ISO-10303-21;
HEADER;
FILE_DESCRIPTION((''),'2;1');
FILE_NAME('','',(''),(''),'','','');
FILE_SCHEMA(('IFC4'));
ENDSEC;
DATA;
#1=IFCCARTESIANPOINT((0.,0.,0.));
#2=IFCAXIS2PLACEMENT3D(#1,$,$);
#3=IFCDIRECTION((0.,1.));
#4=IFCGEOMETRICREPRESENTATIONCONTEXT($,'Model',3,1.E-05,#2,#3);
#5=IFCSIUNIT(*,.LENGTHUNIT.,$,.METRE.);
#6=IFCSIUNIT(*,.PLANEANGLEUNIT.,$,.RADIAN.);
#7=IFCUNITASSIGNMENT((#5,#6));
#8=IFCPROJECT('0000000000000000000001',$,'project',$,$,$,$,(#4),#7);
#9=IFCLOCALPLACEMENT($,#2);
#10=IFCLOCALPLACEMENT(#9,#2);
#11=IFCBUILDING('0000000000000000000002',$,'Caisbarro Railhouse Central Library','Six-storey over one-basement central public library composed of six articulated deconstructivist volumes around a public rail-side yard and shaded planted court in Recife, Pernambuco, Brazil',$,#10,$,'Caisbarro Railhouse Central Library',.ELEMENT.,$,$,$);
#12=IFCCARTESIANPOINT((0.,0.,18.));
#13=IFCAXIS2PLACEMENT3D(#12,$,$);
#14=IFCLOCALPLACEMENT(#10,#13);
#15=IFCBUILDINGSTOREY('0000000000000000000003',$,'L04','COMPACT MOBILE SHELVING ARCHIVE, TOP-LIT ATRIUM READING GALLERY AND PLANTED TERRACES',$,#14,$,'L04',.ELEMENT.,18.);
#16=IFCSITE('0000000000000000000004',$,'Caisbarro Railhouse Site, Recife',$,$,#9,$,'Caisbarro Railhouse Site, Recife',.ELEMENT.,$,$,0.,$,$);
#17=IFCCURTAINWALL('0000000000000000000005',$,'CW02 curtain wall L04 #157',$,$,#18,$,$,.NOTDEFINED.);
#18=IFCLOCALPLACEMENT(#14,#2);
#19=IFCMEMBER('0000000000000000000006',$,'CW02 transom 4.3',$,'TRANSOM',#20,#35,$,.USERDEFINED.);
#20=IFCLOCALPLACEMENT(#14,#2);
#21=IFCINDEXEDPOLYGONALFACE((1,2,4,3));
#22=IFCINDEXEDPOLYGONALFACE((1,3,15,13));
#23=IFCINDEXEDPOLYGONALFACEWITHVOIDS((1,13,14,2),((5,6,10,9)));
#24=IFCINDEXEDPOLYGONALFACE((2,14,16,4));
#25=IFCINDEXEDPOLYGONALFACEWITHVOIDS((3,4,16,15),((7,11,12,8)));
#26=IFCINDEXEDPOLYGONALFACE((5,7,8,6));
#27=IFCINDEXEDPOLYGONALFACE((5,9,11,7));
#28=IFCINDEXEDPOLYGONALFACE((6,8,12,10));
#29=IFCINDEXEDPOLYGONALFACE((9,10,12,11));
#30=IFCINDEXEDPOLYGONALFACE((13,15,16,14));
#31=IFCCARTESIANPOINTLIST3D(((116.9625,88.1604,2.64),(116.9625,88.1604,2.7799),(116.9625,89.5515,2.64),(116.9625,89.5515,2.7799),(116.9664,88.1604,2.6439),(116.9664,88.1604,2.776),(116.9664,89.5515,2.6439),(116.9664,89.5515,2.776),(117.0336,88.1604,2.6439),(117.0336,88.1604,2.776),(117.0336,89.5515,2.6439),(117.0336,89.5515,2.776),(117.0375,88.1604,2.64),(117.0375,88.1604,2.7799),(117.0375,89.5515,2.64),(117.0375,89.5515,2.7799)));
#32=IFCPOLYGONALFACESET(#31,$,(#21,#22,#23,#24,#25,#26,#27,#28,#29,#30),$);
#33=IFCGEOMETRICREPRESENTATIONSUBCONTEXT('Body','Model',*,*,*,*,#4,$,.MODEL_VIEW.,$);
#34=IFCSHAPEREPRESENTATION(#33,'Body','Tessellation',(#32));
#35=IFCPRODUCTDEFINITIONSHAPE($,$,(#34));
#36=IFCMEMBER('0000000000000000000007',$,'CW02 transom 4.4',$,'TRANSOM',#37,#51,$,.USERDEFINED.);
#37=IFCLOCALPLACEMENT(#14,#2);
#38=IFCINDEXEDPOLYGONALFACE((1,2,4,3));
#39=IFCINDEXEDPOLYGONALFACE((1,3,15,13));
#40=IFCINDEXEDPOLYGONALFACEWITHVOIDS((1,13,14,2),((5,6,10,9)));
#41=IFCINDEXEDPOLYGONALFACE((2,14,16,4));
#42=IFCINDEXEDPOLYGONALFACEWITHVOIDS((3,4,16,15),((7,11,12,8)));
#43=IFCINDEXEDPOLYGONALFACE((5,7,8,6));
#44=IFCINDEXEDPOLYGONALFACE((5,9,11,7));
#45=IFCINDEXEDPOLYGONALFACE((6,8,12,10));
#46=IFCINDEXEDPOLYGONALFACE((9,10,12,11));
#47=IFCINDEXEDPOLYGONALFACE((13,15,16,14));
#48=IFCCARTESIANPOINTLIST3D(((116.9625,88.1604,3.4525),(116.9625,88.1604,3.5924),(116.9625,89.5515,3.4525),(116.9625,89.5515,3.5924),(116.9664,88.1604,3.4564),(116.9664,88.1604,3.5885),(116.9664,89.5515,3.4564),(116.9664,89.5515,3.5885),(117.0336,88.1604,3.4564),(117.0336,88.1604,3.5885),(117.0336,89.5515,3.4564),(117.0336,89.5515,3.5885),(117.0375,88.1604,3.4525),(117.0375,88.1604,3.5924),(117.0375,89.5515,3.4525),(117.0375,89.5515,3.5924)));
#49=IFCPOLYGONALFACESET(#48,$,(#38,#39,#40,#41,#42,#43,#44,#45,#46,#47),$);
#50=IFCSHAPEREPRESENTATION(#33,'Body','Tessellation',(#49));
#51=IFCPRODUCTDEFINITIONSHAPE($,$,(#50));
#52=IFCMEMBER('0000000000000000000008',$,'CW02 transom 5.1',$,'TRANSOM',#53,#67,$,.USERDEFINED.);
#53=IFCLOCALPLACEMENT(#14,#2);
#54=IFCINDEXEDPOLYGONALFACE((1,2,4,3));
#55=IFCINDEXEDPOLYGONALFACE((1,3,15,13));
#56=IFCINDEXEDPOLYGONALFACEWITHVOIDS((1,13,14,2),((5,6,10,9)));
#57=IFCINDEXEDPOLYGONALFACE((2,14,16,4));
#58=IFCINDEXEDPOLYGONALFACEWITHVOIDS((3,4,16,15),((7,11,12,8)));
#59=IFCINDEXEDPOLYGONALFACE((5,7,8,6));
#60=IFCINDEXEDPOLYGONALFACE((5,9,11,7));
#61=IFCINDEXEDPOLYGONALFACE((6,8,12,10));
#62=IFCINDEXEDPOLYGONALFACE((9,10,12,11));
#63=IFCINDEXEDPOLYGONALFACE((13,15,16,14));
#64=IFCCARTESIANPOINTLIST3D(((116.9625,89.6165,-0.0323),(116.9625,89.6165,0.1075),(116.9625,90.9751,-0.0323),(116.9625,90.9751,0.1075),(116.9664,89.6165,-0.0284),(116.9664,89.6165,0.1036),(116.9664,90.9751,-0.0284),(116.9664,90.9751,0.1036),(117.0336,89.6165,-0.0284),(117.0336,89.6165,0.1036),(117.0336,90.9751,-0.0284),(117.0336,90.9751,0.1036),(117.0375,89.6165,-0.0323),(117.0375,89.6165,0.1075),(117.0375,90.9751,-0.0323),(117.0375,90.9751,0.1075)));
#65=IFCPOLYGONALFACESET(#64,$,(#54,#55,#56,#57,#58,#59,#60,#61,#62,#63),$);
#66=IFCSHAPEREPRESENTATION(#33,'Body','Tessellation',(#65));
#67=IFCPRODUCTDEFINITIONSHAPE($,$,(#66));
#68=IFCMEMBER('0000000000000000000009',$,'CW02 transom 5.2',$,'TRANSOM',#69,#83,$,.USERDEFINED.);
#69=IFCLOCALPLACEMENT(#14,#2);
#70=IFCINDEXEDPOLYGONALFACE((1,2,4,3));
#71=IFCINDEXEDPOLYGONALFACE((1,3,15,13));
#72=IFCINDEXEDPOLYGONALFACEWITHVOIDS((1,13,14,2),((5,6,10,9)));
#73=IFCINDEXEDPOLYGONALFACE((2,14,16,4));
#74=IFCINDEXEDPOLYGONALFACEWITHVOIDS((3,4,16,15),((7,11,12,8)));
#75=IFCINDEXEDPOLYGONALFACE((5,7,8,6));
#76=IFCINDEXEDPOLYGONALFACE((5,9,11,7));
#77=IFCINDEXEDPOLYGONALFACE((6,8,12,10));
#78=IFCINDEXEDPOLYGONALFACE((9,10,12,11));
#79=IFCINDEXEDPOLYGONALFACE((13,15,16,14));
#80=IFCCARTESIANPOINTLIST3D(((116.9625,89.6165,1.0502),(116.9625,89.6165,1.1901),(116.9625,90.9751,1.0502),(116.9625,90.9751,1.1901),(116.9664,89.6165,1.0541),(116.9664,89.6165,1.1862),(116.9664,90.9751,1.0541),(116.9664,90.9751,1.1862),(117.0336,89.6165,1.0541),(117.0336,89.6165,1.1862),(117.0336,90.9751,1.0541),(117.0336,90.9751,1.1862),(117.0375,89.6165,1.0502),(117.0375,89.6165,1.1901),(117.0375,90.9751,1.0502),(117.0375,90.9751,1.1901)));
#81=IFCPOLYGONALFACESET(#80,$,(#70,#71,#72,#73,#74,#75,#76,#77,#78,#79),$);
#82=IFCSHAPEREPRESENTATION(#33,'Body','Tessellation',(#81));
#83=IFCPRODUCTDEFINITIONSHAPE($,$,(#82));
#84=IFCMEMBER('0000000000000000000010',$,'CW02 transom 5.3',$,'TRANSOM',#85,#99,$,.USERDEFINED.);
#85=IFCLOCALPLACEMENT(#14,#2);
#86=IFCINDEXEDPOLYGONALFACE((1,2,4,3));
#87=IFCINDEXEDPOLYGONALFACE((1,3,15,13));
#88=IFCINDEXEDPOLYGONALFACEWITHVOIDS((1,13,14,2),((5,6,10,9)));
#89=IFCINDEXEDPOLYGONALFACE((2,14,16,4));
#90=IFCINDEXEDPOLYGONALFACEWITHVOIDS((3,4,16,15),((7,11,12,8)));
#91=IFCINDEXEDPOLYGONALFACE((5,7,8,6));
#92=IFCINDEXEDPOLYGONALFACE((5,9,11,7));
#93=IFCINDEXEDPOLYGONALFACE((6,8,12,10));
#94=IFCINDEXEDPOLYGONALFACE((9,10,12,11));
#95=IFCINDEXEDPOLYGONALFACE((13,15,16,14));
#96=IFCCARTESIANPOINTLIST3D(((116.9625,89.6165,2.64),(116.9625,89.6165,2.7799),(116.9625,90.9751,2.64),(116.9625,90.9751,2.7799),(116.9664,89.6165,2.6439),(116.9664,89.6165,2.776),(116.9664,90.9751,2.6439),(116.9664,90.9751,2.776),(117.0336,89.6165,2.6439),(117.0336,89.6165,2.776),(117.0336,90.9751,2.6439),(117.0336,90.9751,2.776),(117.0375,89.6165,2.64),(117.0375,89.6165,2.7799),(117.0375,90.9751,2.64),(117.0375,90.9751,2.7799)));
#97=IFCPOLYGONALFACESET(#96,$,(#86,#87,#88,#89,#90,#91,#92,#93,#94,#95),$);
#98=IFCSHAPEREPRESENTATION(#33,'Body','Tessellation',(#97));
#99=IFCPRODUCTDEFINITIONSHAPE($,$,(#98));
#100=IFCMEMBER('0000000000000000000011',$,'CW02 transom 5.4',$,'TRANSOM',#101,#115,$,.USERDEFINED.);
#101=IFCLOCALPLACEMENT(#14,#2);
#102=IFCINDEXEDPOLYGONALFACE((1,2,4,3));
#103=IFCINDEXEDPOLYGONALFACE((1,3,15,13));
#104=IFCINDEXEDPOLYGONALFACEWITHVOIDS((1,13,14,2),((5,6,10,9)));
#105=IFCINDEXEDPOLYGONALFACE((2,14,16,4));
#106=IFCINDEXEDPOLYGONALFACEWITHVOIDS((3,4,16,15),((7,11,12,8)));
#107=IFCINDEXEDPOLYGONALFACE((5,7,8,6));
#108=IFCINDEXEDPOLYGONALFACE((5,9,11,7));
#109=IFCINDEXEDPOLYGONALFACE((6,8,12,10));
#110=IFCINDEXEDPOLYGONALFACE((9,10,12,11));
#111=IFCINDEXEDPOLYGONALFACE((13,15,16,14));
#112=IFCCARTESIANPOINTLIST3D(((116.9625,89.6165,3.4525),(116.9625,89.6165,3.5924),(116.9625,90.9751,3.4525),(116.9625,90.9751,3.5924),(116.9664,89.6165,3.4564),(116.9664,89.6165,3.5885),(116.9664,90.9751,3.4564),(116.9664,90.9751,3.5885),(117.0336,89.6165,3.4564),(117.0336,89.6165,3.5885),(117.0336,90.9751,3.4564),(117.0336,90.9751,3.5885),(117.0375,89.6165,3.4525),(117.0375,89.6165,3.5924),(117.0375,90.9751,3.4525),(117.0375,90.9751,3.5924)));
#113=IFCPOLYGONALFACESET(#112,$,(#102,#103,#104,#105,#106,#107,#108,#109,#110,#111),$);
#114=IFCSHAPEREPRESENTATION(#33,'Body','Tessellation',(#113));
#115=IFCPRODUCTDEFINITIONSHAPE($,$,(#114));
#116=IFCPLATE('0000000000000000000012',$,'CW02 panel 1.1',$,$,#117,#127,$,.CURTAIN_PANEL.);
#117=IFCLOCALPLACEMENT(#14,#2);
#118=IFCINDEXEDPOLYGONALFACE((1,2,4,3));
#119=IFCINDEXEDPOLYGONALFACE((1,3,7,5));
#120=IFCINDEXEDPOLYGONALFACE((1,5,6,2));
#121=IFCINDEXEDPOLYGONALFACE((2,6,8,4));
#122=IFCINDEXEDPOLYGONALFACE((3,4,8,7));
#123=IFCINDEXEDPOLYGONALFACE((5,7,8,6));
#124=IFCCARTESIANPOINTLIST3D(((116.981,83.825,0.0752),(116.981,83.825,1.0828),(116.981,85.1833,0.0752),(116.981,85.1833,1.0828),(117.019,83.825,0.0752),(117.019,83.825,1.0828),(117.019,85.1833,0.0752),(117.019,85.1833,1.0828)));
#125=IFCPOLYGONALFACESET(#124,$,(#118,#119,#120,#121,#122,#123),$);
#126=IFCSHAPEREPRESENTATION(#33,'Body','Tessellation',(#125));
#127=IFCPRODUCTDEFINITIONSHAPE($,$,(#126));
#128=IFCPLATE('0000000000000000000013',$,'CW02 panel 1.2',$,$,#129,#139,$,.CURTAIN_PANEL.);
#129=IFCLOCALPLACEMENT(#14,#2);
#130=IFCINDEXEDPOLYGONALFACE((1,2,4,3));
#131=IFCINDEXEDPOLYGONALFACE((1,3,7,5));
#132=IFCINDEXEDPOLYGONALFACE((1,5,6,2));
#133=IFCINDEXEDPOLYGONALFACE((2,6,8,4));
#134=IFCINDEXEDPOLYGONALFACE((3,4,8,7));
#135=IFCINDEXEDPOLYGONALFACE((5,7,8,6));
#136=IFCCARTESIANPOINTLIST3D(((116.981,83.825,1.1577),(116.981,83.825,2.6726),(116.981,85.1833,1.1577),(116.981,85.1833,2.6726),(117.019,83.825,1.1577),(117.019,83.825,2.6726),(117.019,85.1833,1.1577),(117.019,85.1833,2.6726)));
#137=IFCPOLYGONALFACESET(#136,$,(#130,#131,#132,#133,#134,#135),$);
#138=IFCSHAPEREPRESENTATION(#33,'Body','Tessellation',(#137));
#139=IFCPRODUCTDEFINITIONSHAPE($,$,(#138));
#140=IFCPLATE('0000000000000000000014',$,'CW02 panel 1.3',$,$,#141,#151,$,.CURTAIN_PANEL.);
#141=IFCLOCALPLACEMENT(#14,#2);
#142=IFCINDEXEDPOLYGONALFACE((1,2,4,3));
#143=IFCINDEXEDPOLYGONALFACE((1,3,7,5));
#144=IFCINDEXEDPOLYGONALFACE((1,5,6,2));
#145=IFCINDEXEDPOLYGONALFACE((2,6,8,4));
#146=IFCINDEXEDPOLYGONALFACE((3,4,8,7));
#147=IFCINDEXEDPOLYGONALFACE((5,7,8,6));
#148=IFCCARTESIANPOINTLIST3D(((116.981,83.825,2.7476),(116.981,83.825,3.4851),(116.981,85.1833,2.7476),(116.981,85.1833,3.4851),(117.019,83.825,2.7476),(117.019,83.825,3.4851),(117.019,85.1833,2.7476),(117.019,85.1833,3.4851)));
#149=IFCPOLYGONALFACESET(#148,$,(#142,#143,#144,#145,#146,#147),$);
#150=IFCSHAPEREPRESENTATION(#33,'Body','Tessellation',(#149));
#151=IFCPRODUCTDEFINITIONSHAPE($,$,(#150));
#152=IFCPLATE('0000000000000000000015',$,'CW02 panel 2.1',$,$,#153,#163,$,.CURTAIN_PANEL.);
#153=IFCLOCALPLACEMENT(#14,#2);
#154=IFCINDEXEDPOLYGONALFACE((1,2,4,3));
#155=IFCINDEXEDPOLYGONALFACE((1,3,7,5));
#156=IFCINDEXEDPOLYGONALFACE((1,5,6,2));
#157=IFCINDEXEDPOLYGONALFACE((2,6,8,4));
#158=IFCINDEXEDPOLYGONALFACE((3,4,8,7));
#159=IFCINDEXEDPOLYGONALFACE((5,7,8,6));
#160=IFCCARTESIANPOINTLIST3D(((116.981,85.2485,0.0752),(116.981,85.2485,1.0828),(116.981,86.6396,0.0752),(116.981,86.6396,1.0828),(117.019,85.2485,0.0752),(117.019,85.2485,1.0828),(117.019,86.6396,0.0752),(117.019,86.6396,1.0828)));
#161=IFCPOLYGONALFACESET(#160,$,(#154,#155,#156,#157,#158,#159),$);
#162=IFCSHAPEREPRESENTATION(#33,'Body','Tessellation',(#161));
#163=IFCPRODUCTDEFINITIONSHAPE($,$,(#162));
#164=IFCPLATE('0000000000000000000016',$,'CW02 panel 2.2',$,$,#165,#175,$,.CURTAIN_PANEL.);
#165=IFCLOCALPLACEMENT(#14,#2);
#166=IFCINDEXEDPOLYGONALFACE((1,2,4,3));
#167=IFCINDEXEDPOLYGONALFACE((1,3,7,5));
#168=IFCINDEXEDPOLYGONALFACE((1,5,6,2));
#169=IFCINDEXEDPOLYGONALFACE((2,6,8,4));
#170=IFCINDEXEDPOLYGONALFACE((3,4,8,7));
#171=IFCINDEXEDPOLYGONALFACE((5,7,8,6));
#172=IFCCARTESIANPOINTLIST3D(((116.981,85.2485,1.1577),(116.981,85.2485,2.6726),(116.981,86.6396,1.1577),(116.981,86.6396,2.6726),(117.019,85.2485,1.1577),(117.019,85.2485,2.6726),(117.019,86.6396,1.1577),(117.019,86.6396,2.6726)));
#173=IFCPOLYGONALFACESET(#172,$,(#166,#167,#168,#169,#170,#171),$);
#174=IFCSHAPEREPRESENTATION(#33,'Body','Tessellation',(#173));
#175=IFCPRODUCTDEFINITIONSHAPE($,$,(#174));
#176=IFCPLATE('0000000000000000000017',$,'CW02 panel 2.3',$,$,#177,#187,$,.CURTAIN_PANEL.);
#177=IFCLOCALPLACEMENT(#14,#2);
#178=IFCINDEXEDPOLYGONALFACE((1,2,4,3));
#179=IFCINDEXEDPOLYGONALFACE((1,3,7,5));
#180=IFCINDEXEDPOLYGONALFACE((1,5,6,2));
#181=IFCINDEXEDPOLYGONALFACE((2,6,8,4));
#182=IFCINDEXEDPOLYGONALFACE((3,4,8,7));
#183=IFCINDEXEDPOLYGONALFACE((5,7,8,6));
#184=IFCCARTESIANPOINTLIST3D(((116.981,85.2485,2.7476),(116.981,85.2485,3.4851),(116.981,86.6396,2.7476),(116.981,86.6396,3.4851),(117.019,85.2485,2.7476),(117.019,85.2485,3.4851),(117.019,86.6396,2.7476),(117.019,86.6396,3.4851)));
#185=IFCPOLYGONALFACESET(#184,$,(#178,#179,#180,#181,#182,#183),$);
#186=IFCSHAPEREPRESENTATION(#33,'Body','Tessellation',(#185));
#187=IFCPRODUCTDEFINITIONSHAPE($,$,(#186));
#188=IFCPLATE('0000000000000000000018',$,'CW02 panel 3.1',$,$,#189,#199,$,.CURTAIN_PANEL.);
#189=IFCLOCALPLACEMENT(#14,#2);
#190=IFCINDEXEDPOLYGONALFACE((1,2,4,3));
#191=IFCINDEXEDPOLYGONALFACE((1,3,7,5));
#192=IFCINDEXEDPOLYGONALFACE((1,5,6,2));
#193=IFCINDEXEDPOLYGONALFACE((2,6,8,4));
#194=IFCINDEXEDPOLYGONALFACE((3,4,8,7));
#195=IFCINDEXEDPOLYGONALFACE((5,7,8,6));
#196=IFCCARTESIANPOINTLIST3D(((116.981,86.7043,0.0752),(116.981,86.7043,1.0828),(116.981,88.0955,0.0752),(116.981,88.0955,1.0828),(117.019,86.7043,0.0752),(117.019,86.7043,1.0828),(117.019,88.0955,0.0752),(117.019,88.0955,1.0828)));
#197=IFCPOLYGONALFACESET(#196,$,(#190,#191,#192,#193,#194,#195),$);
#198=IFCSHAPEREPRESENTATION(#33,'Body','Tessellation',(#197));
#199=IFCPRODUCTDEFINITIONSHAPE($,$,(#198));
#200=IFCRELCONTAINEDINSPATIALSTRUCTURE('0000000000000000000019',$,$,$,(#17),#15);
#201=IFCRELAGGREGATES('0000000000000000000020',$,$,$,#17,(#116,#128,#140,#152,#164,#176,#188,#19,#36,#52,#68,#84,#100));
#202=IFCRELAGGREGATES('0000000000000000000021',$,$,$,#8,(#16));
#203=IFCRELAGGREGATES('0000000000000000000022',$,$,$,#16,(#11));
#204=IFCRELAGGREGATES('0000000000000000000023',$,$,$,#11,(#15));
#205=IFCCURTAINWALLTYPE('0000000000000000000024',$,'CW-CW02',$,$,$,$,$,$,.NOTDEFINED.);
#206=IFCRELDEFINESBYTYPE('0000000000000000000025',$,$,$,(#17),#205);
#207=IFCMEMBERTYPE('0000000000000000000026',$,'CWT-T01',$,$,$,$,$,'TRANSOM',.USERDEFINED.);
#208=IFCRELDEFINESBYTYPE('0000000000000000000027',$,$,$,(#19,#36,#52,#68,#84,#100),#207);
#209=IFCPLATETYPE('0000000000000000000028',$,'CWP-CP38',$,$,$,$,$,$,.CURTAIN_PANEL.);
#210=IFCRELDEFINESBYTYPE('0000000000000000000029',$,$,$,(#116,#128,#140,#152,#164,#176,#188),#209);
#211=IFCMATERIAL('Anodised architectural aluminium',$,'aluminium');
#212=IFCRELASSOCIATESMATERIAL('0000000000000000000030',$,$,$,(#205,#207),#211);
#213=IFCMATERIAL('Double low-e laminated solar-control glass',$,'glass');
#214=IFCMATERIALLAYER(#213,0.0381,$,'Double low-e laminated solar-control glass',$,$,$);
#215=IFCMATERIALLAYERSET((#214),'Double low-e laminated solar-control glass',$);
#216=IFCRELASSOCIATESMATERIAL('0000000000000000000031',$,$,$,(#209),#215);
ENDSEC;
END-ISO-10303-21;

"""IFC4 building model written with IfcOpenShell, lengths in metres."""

from ifc_helpers import new_model, si_unit, direction, frame, origin, origin_2d, place, context, subcontext, project, spatial, rectangle, hollow_rectangle, extrude, material, layer, layer_set, material_profile, profile_set, type_object, element, aggregate, save


model = new_model("IFC4")

# Units and contexts
model_context = context("Model", 3, precision=1e-05, world=origin(), true_north=direction((0.0, 1.0)))
body_context = subcontext(model_context, "Body", "Model", "MODEL_VIEW")
ifc_project = project(units=[si_unit("LENGTHUNIT", "METRE"), si_unit("PLANEANGLEUNIT", "RADIAN")], contexts=[model_context])

# Site, building, storey
site_placement = place(None, origin())
site = spatial("IfcSite", under=ifc_project, at=site_placement, Name="Caisbarro Railhouse Site, Recife", LongName="Caisbarro Railhouse Site, Recife", CompositionType="ELEMENT", RefElevation=0.0)
building_placement = place(site_placement, origin())
building = spatial("IfcBuilding", under=site, at=building_placement, Name="Caisbarro Railhouse Central Library", Description="Six-storey over one-basement central public library composed of six articulated deconstructivist volumes around a public rail-side yard and shaded planted court in Recife, Pernambuco, Brazil", LongName="Caisbarro Railhouse Central Library", CompositionType="ELEMENT")
storey_placement = place(building_placement, frame((0.0, 0.0, 18.0)))
storey = spatial("IfcBuildingStorey", under=building, at=storey_placement, Name="L04", Description="COMPACT MOBILE SHELVING ARCHIVE, TOP-LIT ATRIUM READING GALLERY AND PLANTED TERRACES", LongName="L04", CompositionType="ELEMENT", Elevation=18.0)

# Curtain wall, members, plates
ifc_material_1 = material(Name="Anodised architectural aluminium", Category="aluminium")
curtain_wall_type = type_object("IfcCurtainWallType", Name="CW-CW02", PredefinedType="NOTDEFINED", material=ifc_material_1)
curtain_wall_placement = place(storey_placement, origin())
curtain_wall = element("IfcCurtainWall", 1, at=curtain_wall_placement, inside=storey, type_object=curtain_wall_type, Name="CW02 curtain wall L04 #157", PredefinedType="NOTDEFINED")
ifc_material_profile_1 = material_profile(ifc_material_1, hollow_rectangle(XDim=0.075, YDim=0.1399, WallThickness=0.0039, at=origin_2d()), Name="ALU-TRN-75X140")
ifc_profile_set_1 = profile_set([ifc_material_profile_1], Name="Anodised architectural aluminium")
member_type = type_object("IfcMemberType", Name="CWT-T01", ElementType="TRANSOM", PredefinedType="USERDEFINED", material=ifc_profile_set_1)
member_1_placement = place(storey_placement, frame((117.0, 88.1604, 2.71), z_axis=(0.0, 1.0, 0.0), x_axis=(-1.0, 0.0, 0.0)))
member_1 = element("IfcMember", 2, at=member_1_placement, type_object=member_type, Name="CW02 transom 4.3", ObjectType="TRANSOM", PredefinedType="USERDEFINED", context=body_context, shape_type="SweptSolid", body=[
    extrude(hollow_rectangle(XDim=0.075, YDim=0.1399, WallThickness=0.0039, at=origin_2d()), origin(), (0.0, 0.0, 1.0), 1.3911),
])
member_2_placement = place(storey_placement, frame((117.0, 88.1604, 3.5225), z_axis=(0.0, 1.0, 0.0), x_axis=(-1.0, 0.0, 0.0)))
member_2 = element("IfcMember", 3, at=member_2_placement, type_object=member_type, Name="CW02 transom 4.4", ObjectType="TRANSOM", PredefinedType="USERDEFINED", context=body_context, shape_type="SweptSolid", body=[
    extrude(hollow_rectangle(XDim=0.075, YDim=0.1399, WallThickness=0.0039, at=origin_2d()), origin(), (0.0, 0.0, 1.0), 1.3911),
])
member_3_placement = place(storey_placement, frame((117.0, 89.6165, 0.0376), z_axis=(0.0, 1.0, 0.0), x_axis=(-1.0, 0.0, 0.0)))
member_3 = element("IfcMember", 4, at=member_3_placement, type_object=member_type, Name="CW02 transom 5.1", ObjectType="TRANSOM", PredefinedType="USERDEFINED", context=body_context, shape_type="SweptSolid", body=[
    extrude(hollow_rectangle(XDim=0.075, YDim=0.1399, WallThickness=0.0039, at=origin_2d()), origin(), (0.0, 0.0, 1.0), 1.3586),
])
member_4_placement = place(storey_placement, frame((117.0, 89.6165, 1.1201), z_axis=(0.0, 1.0, 0.0), x_axis=(-1.0, 0.0, 0.0)))
member_4 = element("IfcMember", 5, at=member_4_placement, type_object=member_type, Name="CW02 transom 5.2", ObjectType="TRANSOM", PredefinedType="USERDEFINED", context=body_context, shape_type="SweptSolid", body=[
    extrude(hollow_rectangle(XDim=0.075, YDim=0.1399, WallThickness=0.0039, at=origin_2d()), origin(), (0.0, 0.0, 1.0), 1.3586),
])
member_5_placement = place(storey_placement, frame((117.0, 89.6165, 2.71), z_axis=(0.0, 1.0, 0.0), x_axis=(-1.0, 0.0, 0.0)))
member_5 = element("IfcMember", 6, at=member_5_placement, type_object=member_type, Name="CW02 transom 5.3", ObjectType="TRANSOM", PredefinedType="USERDEFINED", context=body_context, shape_type="SweptSolid", body=[
    extrude(hollow_rectangle(XDim=0.075, YDim=0.1399, WallThickness=0.0039, at=origin_2d()), origin(), (0.0, 0.0, 1.0), 1.3586),
])
member_6_placement = place(storey_placement, frame((117.0, 89.6165, 3.5225), z_axis=(0.0, 1.0, 0.0), x_axis=(-1.0, 0.0, 0.0)))
member_6 = element("IfcMember", 7, at=member_6_placement, type_object=member_type, Name="CW02 transom 5.4", ObjectType="TRANSOM", PredefinedType="USERDEFINED", context=body_context, shape_type="SweptSolid", body=[
    extrude(hollow_rectangle(XDim=0.075, YDim=0.1399, WallThickness=0.0039, at=origin_2d()), origin(), (0.0, 0.0, 1.0), 1.3586),
])
ifc_material_2 = material(Name="Double low-e laminated solar-control glass", Category="glass")
ifc_layer = layer(ifc_material_2, 0.0381, Name="Double low-e laminated solar-control glass")
ifc_layer_set = layer_set([ifc_layer], Name="Double low-e laminated solar-control glass")
plate_type = type_object("IfcPlateType", Name="CWP-CP38", PredefinedType="CURTAIN_PANEL", material=ifc_layer_set)
plate_1_placement = place(storey_placement, frame((117.0, 84.5042, 0.0752), z_axis=(0.0, 0.0, 1.0), x_axis=(0.0, 1.0, 0.0)))
plate_1 = element("IfcPlate", 8, at=plate_1_placement, type_object=plate_type, Name="CW02 panel 1.1", PredefinedType="CURTAIN_PANEL", context=body_context, shape_type="SweptSolid", body=[
    extrude(rectangle(XDim=1.3584, YDim=0.0381, at=origin_2d()), origin(), (0.0, 0.0, 1.0), 1.0076),
])
plate_2_placement = place(storey_placement, frame((117.0, 84.5042, 1.1577), z_axis=(0.0, 0.0, 1.0), x_axis=(0.0, 1.0, 0.0)))
plate_2 = element("IfcPlate", 9, at=plate_2_placement, type_object=plate_type, Name="CW02 panel 1.2", PredefinedType="CURTAIN_PANEL", context=body_context, shape_type="SweptSolid", body=[
    extrude(rectangle(XDim=1.3584, YDim=0.0381, at=origin_2d()), origin(), (0.0, 0.0, 1.0), 1.5149),
])
plate_3_placement = place(storey_placement, frame((117.0, 84.5042, 2.7476), z_axis=(0.0, 0.0, 1.0), x_axis=(0.0, 1.0, 0.0)))
plate_3 = element("IfcPlate", 10, at=plate_3_placement, type_object=plate_type, Name="CW02 panel 1.3", PredefinedType="CURTAIN_PANEL", context=body_context, shape_type="SweptSolid", body=[
    extrude(rectangle(XDim=1.3584, YDim=0.0381, at=origin_2d()), origin(), (0.0, 0.0, 1.0), 0.7375),
])
plate_4_placement = place(storey_placement, frame((117.0, 85.9441, 0.0752), z_axis=(0.0, 0.0, 1.0), x_axis=(0.0, 1.0, 0.0)))
plate_4 = element("IfcPlate", 11, at=plate_4_placement, type_object=plate_type, Name="CW02 panel 2.1", PredefinedType="CURTAIN_PANEL", context=body_context, shape_type="SweptSolid", body=[
    extrude(rectangle(XDim=1.3911, YDim=0.0381, at=origin_2d()), origin(), (0.0, 0.0, 1.0), 1.0076),
])
plate_5_placement = place(storey_placement, frame((117.0, 85.9441, 1.1577), z_axis=(0.0, 0.0, 1.0), x_axis=(0.0, 1.0, 0.0)))
plate_5 = element("IfcPlate", 12, at=plate_5_placement, type_object=plate_type, Name="CW02 panel 2.2", PredefinedType="CURTAIN_PANEL", context=body_context, shape_type="SweptSolid", body=[
    extrude(rectangle(XDim=1.3911, YDim=0.0381, at=origin_2d()), origin(), (0.0, 0.0, 1.0), 1.5149),
])
plate_6_placement = place(storey_placement, frame((117.0, 85.9441, 2.7476), z_axis=(0.0, 0.0, 1.0), x_axis=(0.0, 1.0, 0.0)))
plate_6 = element("IfcPlate", 13, at=plate_6_placement, type_object=plate_type, Name="CW02 panel 2.3", PredefinedType="CURTAIN_PANEL", context=body_context, shape_type="SweptSolid", body=[
    extrude(rectangle(XDim=1.3911, YDim=0.0381, at=origin_2d()), origin(), (0.0, 0.0, 1.0), 0.7375),
])
plate_7_placement = place(storey_placement, frame((117.0, 87.3999, 0.0752), z_axis=(0.0, 0.0, 1.0), x_axis=(0.0, 1.0, 0.0)))
plate_7 = element("IfcPlate", 14, at=plate_7_placement, type_object=plate_type, Name="CW02 panel 3.1", PredefinedType="CURTAIN_PANEL", context=body_context, shape_type="SweptSolid", body=[
    extrude(rectangle(XDim=1.3911, YDim=0.0381, at=origin_2d()), origin(), (0.0, 0.0, 1.0), 1.0076),
])
aggregate(curtain_wall, [plate_1, plate_2, plate_3, plate_4, plate_5, plate_6, plate_7, member_1, member_2, member_3, member_4, member_5, member_6])

save(model, "model.ifc")
